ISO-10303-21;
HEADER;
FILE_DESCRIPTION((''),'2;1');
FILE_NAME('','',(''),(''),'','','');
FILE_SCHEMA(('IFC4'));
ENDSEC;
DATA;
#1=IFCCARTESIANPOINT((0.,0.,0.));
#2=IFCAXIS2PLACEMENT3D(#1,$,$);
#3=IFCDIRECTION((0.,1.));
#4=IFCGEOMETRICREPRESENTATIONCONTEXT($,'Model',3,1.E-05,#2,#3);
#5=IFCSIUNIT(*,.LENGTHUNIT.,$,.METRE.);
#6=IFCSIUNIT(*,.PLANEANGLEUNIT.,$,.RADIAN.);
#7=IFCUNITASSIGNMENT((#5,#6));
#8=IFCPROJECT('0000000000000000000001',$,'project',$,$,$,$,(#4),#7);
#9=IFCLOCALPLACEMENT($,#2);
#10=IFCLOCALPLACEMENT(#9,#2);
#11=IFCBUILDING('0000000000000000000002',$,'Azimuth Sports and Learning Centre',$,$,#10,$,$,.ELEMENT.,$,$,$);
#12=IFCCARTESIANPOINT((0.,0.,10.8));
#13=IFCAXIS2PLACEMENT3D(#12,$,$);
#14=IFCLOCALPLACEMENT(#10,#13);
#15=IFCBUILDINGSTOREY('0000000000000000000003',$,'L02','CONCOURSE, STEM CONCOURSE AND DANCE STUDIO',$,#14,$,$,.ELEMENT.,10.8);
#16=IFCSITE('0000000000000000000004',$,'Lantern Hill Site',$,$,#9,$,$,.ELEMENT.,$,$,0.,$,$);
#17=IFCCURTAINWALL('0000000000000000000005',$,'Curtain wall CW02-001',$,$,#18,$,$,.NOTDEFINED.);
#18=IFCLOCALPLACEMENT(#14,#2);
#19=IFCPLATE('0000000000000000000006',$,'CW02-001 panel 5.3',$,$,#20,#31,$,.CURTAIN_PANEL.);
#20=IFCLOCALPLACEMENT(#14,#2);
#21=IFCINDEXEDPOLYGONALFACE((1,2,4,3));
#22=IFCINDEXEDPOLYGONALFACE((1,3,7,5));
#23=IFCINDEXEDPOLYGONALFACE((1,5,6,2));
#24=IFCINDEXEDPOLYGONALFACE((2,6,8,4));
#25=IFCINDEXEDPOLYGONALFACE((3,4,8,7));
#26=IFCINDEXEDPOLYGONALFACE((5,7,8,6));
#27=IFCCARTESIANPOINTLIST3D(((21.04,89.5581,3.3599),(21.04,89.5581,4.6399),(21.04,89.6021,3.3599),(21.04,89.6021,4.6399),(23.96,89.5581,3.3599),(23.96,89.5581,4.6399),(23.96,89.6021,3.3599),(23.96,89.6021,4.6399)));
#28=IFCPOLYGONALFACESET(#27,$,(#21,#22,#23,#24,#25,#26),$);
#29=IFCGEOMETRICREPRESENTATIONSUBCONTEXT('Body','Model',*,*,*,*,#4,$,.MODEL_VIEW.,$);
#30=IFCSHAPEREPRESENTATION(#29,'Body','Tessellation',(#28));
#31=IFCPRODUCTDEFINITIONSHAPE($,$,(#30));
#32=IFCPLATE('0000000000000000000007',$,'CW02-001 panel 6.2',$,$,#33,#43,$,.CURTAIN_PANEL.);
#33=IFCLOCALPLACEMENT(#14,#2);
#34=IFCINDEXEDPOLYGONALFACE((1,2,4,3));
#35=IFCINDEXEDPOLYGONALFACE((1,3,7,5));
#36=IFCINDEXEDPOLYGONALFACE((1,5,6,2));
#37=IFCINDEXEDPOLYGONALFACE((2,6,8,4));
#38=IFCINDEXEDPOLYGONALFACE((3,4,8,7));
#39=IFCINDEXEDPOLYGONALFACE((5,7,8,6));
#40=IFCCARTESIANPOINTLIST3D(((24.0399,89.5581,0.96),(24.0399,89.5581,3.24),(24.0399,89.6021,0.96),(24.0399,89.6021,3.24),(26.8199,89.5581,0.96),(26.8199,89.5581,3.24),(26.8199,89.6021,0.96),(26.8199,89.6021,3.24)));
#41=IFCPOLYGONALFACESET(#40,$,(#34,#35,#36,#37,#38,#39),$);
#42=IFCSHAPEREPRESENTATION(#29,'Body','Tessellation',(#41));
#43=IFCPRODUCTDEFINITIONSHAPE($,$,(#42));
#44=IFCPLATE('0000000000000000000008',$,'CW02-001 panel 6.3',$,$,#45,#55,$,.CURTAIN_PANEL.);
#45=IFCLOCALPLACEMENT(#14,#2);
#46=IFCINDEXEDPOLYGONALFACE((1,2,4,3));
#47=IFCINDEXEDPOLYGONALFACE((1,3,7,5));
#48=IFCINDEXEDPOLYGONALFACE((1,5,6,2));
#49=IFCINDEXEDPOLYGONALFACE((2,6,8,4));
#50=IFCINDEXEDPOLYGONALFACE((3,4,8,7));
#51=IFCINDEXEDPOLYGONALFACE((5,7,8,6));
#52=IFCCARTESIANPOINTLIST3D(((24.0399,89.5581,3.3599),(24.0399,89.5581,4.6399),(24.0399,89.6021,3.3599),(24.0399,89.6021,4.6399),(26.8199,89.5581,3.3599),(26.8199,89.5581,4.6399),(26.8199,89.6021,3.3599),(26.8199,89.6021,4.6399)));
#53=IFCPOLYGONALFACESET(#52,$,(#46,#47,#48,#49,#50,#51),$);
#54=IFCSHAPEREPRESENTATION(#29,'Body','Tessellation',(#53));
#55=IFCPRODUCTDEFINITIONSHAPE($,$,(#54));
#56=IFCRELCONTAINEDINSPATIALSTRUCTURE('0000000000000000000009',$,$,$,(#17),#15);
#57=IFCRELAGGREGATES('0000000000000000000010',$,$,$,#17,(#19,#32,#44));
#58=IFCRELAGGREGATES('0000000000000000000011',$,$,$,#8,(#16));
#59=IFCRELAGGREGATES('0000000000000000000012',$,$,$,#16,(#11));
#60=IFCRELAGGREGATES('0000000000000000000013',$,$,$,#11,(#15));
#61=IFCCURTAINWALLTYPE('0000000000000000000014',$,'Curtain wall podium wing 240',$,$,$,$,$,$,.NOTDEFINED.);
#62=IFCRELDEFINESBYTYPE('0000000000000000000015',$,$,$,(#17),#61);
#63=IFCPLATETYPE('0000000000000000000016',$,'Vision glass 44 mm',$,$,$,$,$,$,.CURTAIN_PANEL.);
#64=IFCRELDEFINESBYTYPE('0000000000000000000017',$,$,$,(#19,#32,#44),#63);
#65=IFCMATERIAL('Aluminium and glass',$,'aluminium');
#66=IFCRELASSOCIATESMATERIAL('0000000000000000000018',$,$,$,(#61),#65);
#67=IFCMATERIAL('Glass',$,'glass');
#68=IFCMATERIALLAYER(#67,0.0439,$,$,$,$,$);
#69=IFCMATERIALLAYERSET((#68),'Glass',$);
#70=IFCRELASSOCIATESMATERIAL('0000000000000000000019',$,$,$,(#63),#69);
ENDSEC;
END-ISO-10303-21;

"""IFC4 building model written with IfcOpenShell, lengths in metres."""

from ifc_helpers import new_model, si_unit, direction, frame, origin, origin_2d, place, context, subcontext, project, spatial, rectangle, extrude, material, layer, layer_set, type_object, element, aggregate, save


model = new_model("IFC4")

# Units and contexts
model_context = context("Model", 3, precision=1e-05, world=origin(), true_north=direction((0.0, 1.0)))
body_context = subcontext(model_context, "Body", "Model", "MODEL_VIEW")
ifc_project = project(units=[si_unit("LENGTHUNIT", "METRE"), si_unit("PLANEANGLEUNIT", "RADIAN")], contexts=[model_context])

# Site, building, storey
site_placement = place(None, origin())
site = spatial("IfcSite", under=ifc_project, at=site_placement, Name="Lantern Hill Site", CompositionType="ELEMENT", RefElevation=0.0)
building_placement = place(site_placement, origin())
building = spatial("IfcBuilding", under=site, at=building_placement, Name="Azimuth Sports and Learning Centre", CompositionType="ELEMENT")
storey_placement = place(building_placement, frame((0.0, 0.0, 10.8)))
storey = spatial("IfcBuildingStorey", under=building, at=storey_placement, Name="L02", Description="CONCOURSE, STEM CONCOURSE AND DANCE STUDIO", CompositionType="ELEMENT", Elevation=10.8)

# Curtain wall
ifc_material_1 = material(Name="Aluminium and glass", Category="aluminium")
curtain_wall_type = type_object("IfcCurtainWallType", Name="Curtain wall podium wing 240", PredefinedType="NOTDEFINED", material=ifc_material_1)
curtain_wall_1_placement = place(storey_placement, origin())
curtain_wall_1 = element("IfcCurtainWall", 1, at=curtain_wall_1_placement, inside=storey, type_object=curtain_wall_type, Name="Curtain wall CW02-001", PredefinedType="NOTDEFINED")

# Plates
ifc_material_2 = material(Name="Glass", Category="glass")
ifc_layer_1 = layer(ifc_material_2, 0.0439)
ifc_layer_set_1 = layer_set([ifc_layer_1], Name="Glass")
plate_type_1 = type_object("IfcPlateType", Name="Vision glass 44 mm", PredefinedType="CURTAIN_PANEL", material=ifc_layer_set_1)
plate_1_placement = place(storey_placement, frame((22.5, 89.5801, 3.3599), z_axis=(0.0, 0.0, 1.0), x_axis=(1.0, 0.0, 0.0)))
plate_1 = element("IfcPlate", 2, at=plate_1_placement, type_object=plate_type_1, Name="CW02-001 panel 5.3", PredefinedType="CURTAIN_PANEL", context=body_context, shape_type="SweptSolid", body=[
    extrude(rectangle(XDim=2.9199, YDim=0.0439, at=origin_2d()), origin(), (0.0, 0.0, 1.0), 1.28),
])
plate_2_placement = place(storey_placement, frame((25.4299, 89.5801, 0.96), z_axis=(0.0, 0.0, 1.0), x_axis=(1.0, 0.0, 0.0)))
plate_2 = element("IfcPlate", 3, at=plate_2_placement, type_object=plate_type_1, Name="CW02-001 panel 6.2", PredefinedType="CURTAIN_PANEL", context=body_context, shape_type="SweptSolid", body=[
    extrude(rectangle(XDim=2.78, YDim=0.0439, at=origin_2d()), origin(), (0.0, 0.0, 1.0), 2.28),
])
plate_3_placement = place(storey_placement, frame((25.4299, 89.5801, 3.3599), z_axis=(0.0, 0.0, 1.0), x_axis=(1.0, 0.0, 0.0)))
plate_3 = element("IfcPlate", 4, at=plate_3_placement, type_object=plate_type_1, Name="CW02-001 panel 6.3", PredefinedType="CURTAIN_PANEL", context=body_context, shape_type="SweptSolid", body=[
    extrude(rectangle(XDim=2.78, YDim=0.0439, at=origin_2d()), origin(), (0.0, 0.0, 1.0), 1.28),
])
aggregate(curtain_wall_1, [plate_1, plate_2, plate_3])

save(model, "model.ifc")
